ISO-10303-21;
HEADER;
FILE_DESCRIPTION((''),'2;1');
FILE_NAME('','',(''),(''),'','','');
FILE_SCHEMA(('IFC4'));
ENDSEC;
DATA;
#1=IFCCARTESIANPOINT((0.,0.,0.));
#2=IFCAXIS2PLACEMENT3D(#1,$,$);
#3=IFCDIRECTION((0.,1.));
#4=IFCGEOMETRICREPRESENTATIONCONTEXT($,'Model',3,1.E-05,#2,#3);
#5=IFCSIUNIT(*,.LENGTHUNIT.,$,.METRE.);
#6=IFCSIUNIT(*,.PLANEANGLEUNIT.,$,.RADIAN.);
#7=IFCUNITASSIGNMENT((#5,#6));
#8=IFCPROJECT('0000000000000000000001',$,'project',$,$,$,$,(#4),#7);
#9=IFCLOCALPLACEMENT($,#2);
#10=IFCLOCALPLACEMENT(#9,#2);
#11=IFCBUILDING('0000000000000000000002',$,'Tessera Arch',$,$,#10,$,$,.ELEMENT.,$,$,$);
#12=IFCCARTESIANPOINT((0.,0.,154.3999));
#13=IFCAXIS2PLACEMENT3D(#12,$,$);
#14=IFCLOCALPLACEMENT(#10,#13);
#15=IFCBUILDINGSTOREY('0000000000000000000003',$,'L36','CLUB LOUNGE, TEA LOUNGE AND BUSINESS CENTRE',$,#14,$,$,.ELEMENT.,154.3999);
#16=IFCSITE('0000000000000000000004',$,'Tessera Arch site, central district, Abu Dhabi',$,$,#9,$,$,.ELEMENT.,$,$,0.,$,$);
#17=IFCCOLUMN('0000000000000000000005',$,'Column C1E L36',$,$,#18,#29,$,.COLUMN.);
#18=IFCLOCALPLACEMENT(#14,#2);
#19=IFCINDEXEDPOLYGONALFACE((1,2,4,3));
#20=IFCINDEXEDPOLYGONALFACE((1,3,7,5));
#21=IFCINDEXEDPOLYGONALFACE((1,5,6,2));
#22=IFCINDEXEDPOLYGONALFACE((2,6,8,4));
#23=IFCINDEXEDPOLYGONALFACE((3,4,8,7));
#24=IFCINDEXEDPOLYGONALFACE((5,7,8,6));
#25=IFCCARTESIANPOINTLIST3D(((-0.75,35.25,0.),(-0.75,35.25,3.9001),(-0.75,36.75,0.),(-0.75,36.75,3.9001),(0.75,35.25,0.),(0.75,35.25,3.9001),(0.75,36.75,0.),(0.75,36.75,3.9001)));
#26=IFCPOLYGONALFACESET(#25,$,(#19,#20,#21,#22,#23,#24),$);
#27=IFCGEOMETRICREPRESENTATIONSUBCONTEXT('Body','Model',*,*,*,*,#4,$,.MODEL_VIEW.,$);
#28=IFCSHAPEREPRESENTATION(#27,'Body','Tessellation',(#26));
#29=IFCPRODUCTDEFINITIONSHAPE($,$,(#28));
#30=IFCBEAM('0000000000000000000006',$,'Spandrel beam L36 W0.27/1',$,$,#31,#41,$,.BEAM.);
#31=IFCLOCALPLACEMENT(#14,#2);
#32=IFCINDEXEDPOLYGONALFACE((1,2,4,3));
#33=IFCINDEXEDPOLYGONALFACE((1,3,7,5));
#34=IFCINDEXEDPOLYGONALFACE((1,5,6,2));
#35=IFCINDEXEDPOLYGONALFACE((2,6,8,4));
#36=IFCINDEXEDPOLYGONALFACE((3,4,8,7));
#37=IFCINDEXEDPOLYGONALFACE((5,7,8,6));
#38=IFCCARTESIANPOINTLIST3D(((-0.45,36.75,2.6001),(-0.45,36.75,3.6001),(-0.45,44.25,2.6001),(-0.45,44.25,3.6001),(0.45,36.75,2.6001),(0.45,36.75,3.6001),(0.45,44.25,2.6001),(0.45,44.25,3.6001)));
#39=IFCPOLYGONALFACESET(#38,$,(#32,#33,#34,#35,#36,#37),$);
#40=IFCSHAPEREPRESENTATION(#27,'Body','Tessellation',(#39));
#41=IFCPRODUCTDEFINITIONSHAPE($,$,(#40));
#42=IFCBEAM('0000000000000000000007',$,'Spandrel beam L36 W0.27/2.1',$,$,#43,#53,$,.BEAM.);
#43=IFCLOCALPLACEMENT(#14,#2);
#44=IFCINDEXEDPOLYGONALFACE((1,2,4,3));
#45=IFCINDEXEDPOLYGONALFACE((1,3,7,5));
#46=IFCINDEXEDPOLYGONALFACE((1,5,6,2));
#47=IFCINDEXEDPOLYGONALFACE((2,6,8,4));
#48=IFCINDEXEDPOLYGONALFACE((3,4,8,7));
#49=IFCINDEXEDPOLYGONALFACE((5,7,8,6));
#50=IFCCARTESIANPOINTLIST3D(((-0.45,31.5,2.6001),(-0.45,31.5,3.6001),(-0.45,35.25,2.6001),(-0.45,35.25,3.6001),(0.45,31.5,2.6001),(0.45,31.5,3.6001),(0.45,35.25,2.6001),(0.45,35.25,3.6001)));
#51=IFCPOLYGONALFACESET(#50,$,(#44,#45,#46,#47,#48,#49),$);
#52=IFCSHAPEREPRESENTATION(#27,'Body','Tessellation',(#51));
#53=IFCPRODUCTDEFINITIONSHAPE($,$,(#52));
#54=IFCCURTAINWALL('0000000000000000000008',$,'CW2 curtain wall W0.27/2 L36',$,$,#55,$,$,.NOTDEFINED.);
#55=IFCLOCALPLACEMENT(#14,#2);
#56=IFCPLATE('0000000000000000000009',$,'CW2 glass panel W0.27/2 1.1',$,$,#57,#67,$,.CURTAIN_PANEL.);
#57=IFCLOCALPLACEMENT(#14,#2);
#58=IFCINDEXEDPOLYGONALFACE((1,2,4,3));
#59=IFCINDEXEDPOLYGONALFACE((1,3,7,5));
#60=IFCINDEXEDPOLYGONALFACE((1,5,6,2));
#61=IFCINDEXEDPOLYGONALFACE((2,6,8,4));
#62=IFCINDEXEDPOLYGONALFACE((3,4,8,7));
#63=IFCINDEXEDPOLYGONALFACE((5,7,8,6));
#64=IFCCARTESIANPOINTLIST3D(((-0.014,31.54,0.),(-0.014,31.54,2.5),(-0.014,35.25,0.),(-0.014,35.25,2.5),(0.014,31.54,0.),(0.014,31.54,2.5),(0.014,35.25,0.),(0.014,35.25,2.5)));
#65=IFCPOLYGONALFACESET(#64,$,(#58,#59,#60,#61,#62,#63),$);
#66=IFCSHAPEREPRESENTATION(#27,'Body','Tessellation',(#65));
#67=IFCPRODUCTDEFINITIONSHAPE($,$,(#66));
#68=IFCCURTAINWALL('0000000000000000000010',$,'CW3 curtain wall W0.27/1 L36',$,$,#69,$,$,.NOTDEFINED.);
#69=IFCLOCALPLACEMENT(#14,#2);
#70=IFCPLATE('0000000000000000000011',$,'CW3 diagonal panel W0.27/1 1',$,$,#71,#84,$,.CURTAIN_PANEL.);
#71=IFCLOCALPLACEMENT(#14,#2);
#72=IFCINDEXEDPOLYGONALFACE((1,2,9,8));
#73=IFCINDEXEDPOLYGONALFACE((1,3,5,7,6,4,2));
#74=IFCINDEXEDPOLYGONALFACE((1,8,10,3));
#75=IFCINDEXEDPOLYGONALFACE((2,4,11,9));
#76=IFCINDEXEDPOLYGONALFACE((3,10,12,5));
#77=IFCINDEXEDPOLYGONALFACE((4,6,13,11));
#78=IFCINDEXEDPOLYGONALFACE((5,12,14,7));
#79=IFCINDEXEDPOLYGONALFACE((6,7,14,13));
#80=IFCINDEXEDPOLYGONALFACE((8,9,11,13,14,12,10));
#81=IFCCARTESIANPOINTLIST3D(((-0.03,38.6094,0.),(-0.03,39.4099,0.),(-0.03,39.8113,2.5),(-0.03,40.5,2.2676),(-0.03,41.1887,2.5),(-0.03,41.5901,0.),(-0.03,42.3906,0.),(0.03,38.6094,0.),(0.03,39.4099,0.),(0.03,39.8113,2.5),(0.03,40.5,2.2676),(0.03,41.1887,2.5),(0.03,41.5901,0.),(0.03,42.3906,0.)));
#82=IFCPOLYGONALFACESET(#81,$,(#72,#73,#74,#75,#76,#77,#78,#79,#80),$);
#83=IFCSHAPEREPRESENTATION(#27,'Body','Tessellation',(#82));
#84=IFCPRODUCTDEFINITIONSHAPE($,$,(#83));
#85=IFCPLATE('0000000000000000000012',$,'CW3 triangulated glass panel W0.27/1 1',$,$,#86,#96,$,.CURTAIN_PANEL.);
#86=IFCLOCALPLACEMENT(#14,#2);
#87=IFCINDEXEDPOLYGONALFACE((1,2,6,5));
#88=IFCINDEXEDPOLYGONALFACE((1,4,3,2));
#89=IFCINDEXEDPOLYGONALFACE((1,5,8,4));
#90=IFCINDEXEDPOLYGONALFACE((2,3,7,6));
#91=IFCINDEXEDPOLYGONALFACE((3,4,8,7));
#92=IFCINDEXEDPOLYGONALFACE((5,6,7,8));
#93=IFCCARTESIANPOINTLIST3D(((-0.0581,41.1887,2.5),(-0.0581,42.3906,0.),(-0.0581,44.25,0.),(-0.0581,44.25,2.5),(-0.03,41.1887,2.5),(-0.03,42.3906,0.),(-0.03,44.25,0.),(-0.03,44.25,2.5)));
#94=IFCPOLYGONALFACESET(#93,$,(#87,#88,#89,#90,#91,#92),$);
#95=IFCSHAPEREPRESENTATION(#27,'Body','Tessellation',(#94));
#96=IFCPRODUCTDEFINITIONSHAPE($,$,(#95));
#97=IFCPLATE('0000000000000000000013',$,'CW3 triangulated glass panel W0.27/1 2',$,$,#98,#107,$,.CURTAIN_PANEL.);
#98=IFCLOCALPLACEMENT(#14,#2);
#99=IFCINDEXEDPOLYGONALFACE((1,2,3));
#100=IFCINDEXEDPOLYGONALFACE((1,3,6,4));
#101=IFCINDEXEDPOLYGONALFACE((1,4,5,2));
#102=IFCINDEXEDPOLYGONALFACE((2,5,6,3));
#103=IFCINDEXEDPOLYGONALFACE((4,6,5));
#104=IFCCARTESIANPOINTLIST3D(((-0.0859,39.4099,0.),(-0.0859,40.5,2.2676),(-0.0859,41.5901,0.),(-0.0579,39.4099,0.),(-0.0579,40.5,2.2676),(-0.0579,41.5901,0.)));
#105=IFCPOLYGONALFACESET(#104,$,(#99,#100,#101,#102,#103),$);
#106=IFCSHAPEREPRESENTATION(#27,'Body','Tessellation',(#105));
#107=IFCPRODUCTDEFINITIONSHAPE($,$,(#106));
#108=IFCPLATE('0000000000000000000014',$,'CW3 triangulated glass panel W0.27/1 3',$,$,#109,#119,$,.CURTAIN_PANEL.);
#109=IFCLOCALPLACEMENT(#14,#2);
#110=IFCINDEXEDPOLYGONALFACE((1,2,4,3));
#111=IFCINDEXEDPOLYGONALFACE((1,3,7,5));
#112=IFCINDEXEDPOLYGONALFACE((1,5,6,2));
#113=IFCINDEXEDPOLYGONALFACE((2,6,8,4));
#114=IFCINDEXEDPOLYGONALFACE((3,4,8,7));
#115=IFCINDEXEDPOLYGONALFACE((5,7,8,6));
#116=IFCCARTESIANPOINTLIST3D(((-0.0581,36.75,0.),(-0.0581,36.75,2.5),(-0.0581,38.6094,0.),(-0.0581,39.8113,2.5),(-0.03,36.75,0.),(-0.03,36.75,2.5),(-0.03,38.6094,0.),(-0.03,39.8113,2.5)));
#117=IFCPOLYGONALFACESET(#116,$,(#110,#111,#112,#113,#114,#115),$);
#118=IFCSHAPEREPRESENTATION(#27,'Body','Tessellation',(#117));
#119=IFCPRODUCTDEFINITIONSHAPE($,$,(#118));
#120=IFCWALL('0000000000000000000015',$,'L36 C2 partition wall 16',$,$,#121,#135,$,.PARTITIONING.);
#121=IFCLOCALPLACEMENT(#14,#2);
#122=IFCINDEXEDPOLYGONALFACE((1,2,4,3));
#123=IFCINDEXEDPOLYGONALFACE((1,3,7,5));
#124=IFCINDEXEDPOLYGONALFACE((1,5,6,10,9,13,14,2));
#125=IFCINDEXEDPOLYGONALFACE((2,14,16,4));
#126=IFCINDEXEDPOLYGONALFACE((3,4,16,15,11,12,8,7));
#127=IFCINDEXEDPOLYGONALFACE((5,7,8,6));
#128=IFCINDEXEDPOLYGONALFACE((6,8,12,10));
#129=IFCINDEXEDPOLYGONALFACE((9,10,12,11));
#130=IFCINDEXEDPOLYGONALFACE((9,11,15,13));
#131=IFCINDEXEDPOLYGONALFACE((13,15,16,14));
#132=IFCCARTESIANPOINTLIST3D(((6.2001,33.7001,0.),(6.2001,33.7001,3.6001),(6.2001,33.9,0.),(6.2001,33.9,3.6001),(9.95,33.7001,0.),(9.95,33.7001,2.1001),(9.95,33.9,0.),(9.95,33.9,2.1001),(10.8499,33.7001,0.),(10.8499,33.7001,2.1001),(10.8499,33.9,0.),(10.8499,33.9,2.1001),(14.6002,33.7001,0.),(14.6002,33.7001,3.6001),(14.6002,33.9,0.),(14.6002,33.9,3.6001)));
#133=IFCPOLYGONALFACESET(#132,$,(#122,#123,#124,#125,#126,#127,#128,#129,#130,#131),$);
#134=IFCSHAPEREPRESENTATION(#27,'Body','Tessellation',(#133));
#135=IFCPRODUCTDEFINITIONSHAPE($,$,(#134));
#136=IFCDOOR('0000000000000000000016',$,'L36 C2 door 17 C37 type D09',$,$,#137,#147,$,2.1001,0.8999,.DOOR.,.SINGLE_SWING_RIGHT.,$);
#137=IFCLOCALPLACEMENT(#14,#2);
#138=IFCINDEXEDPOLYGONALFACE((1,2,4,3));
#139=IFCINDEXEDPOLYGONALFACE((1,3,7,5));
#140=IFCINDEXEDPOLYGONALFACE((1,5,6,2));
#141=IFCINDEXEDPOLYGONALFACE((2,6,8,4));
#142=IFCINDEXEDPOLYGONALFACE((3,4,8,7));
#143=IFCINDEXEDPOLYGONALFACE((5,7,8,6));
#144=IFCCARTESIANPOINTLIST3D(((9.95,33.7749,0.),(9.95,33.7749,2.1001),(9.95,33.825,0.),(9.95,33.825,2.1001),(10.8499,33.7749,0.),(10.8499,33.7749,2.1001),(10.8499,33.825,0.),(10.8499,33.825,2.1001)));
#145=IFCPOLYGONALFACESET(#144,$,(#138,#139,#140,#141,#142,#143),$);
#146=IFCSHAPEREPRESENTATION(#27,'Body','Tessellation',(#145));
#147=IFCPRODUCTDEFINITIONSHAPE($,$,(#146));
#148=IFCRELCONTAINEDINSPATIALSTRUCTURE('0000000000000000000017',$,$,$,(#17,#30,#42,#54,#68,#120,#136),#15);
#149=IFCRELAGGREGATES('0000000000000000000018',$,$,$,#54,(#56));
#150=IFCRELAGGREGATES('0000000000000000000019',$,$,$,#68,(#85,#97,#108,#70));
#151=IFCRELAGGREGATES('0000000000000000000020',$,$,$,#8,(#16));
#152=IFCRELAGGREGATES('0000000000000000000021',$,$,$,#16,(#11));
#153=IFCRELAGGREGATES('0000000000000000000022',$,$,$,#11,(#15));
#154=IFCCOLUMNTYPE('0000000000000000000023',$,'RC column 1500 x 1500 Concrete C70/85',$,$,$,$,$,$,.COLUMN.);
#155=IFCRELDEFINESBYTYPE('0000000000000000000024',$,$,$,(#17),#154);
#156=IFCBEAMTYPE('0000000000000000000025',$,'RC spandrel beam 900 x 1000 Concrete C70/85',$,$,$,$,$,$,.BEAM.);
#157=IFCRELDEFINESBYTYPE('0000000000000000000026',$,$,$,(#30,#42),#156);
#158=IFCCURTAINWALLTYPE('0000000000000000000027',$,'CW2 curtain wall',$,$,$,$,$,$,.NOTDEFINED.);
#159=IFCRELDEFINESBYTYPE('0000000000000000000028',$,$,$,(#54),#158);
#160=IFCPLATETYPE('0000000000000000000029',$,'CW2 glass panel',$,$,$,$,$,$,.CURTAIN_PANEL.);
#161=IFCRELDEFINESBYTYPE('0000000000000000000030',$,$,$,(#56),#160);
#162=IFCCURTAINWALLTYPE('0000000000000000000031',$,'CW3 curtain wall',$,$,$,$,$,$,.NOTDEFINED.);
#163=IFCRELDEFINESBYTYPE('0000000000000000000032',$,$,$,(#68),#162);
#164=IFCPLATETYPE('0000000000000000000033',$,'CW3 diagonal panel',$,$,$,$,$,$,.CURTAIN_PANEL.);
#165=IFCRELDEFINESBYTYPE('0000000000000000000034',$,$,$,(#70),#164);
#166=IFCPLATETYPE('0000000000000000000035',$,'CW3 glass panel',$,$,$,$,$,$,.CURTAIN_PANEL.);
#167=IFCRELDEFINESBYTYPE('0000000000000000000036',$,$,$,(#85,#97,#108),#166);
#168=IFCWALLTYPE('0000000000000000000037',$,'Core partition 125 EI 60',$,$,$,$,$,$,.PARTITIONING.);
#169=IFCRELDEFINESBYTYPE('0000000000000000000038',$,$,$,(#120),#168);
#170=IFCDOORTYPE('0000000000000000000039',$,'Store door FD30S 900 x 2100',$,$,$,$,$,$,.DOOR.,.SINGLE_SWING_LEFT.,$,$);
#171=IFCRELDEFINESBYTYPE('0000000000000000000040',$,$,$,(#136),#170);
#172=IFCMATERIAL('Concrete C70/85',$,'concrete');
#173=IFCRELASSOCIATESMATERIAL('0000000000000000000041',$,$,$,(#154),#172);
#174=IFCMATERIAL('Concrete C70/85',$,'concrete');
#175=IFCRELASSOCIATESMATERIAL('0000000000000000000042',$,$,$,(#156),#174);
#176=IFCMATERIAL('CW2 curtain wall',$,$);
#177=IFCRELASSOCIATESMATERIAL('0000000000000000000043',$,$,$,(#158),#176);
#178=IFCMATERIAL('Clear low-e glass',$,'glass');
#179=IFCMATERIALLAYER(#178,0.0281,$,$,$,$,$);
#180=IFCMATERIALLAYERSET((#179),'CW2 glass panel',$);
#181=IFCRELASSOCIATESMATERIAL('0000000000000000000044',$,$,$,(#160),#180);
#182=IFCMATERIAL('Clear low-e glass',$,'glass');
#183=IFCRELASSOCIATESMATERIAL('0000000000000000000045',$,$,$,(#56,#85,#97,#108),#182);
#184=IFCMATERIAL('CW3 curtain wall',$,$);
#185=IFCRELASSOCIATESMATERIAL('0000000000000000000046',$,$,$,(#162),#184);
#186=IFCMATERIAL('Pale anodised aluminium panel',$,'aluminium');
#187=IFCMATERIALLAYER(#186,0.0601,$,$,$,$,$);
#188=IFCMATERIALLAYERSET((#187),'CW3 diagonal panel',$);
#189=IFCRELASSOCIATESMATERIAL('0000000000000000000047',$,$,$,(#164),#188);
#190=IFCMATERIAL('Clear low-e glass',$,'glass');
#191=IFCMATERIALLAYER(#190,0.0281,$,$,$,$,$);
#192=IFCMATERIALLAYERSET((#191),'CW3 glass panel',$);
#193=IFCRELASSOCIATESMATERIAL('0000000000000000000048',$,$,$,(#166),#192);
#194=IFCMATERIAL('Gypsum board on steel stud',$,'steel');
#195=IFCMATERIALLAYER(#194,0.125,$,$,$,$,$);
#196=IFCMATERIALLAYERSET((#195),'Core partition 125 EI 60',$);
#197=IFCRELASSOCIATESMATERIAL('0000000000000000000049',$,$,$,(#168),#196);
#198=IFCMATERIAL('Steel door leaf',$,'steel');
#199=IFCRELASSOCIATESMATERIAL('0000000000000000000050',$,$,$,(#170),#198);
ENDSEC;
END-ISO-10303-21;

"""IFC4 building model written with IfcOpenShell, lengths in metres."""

from ifc_helpers import new_model, si_unit, direction, frame, frame_2d, origin, origin_2d, place, context, subcontext, project, spatial, polyline, rectangle, outline, extrude, material, layer, layer_set, material_profile, profile_set, type_object, element, fill, aggregate, save


model = new_model("IFC4")

# Units and contexts
model_context = context("Model", 3, precision=1e-05, world=origin(), true_north=direction((0.0, 1.0)))
body_context = subcontext(model_context, "Body", "Model", "MODEL_VIEW")
ifc_project = project(units=[si_unit("LENGTHUNIT", "METRE"), si_unit("PLANEANGLEUNIT", "RADIAN")], contexts=[model_context])

# Site, building, storey
site_placement = place(None, origin())
site = spatial("IfcSite", under=ifc_project, at=site_placement, Name="Tessera Arch site, central district, Abu Dhabi", CompositionType="ELEMENT", RefElevation=0.0)
building_placement = place(site_placement, origin())
building = spatial("IfcBuilding", under=site, at=building_placement, Name="Tessera Arch", CompositionType="ELEMENT")
storey_placement = place(building_placement, frame((0.0, 0.0, 154.3999)))
storey = spatial("IfcBuildingStorey", under=building, at=storey_placement, Name="L36", Description="CLUB LOUNGE, TEA LOUNGE AND BUSINESS CENTRE", CompositionType="ELEMENT", Elevation=154.3999)

# Column
ifc_material_1 = material(Name="Concrete C70/85", Category="concrete")
ifc_material_profile_1 = material_profile(ifc_material_1, rectangle(XDim=1.5, YDim=1.5, at=origin_2d()), Name="RC column 1500 x 1500 Concrete C70/85")
ifc_profile_set_1 = profile_set([ifc_material_profile_1], Name="Concrete C70/85")
column_type = type_object("IfcColumnType", Name="RC column 1500 x 1500 Concrete C70/85", PredefinedType="COLUMN", material=ifc_profile_set_1)
column_placement = place(storey_placement, frame((0.0, 36.0, 0.0), z_axis=(0.0, 0.0, 1.0), x_axis=(1.0, 0.0, 0.0)))
element("IfcColumn", 1, at=column_placement, inside=storey, type_object=column_type, Name="Column C1E L36", PredefinedType="COLUMN", context=body_context, shape_type="SweptSolid", body=[
    extrude(rectangle(XDim=1.5, YDim=1.5, at=origin_2d()), origin(), (0.0, 0.0, 1.0), 3.9001),
])

# Beams
ifc_material_2 = material(Name="Concrete C70/85", Category="concrete")
ifc_material_profile_2 = material_profile(ifc_material_2, rectangle(XDim=0.8999, YDim=1.0, at=origin_2d()), Name="RC spandrel beam 900 x 1000 Concrete C70/85")
ifc_profile_set_2 = profile_set([ifc_material_profile_2], Name="Concrete C70/85")
beam_type = type_object("IfcBeamType", Name="RC spandrel beam 900 x 1000 Concrete C70/85", PredefinedType="BEAM", material=ifc_profile_set_2)
beam_1_placement = place(storey_placement, frame((0.0, 44.25, 3.1001), z_axis=(0.0, -1.0, 0.0), x_axis=(1.0, 0.0, 0.0)))
element("IfcBeam", 2, at=beam_1_placement, inside=storey, type_object=beam_type, Name="Spandrel beam L36 W0.27/1", PredefinedType="BEAM", context=body_context, shape_type="SweptSolid", body=[
    extrude(rectangle(XDim=0.8999, YDim=1.0, at=origin_2d()), origin(), (0.0, 0.0, 1.0), 7.5),
])
beam_2_placement = place(storey_placement, frame((0.0, 35.25, 3.1001), z_axis=(0.0, -1.0, 0.0), x_axis=(1.0, 0.0, 0.0)))
element("IfcBeam", 3, at=beam_2_placement, inside=storey, type_object=beam_type, Name="Spandrel beam L36 W0.27/2.1", PredefinedType="BEAM", context=body_context, shape_type="SweptSolid", body=[
    extrude(rectangle(XDim=0.8999, YDim=1.0, at=origin_2d()), origin(), (0.0, 0.0, 1.0), 3.75),
])

# Curtain wall, plate
ifc_material_3 = material(Name="CW2 curtain wall")
curtain_wall_type_1 = type_object("IfcCurtainWallType", Name="CW2 curtain wall", PredefinedType="NOTDEFINED", material=ifc_material_3)
curtain_wall_1_placement = place(storey_placement, origin())
curtain_wall_1 = element("IfcCurtainWall", 4, at=curtain_wall_1_placement, inside=storey, type_object=curtain_wall_type_1, Name="CW2 curtain wall W0.27/2 L36", PredefinedType="NOTDEFINED")
ifc_material_4 = material(Name="Clear low-e glass", Category="glass")
ifc_material_5 = material(Name="Clear low-e glass", Category="glass")
ifc_layer_1 = layer(ifc_material_5, 0.0281)
ifc_layer_set_1 = layer_set([ifc_layer_1], Name="CW2 glass panel")
plate_type_1 = type_object("IfcPlateType", Name="CW2 glass panel", PredefinedType="CURTAIN_PANEL", material=ifc_layer_set_1)
plate_1_placement = place(storey_placement, frame((0.0, 33.395, 0.0), z_axis=(0.0, 0.0, 1.0), x_axis=(0.0, -1.0, 0.0)))
plate_1 = element("IfcPlate", 5, at=plate_1_placement, type_object=plate_type_1, material=ifc_material_4, Name="CW2 glass panel W0.27/2 1.1", PredefinedType="CURTAIN_PANEL", context=body_context, shape_type="SweptSolid", body=[
    extrude(rectangle(XDim=3.71, YDim=0.0281, at=origin_2d()), origin(), (0.0, 0.0, 1.0), 2.5),
])
aggregate(curtain_wall_1, [plate_1])

# Curtain wall, plates
ifc_material_6 = material(Name="CW3 curtain wall")
curtain_wall_type_2 = type_object("IfcCurtainWallType", Name="CW3 curtain wall", PredefinedType="NOTDEFINED", material=ifc_material_6)
curtain_wall_2_placement = place(storey_placement, origin())
curtain_wall_2 = element("IfcCurtainWall", 6, at=curtain_wall_2_placement, inside=storey, type_object=curtain_wall_type_2, Name="CW3 curtain wall W0.27/1 L36", PredefinedType="NOTDEFINED")
ifc_material_7 = material(Name="Pale anodised aluminium panel", Category="aluminium")
ifc_layer_2 = layer(ifc_material_7, 0.0601)
ifc_layer_set_2 = layer_set([ifc_layer_2], Name="CW3 diagonal panel")
plate_type_2 = type_object("IfcPlateType", Name="CW3 diagonal panel", PredefinedType="CURTAIN_PANEL", material=ifc_layer_set_2)
plate_2_placement = place(storey_placement, frame((-0.03, 39.8113, 2.5), z_axis=(-1.0, 0.0, 0.0), x_axis=(0.0, 1.0, 0.0)))
plate_2 = element("IfcPlate", 7, at=plate_2_placement, type_object=plate_type_2, Name="CW3 diagonal panel W0.27/1 1", PredefinedType="CURTAIN_PANEL", context=body_context, shape_type="SweptSolid", body=[
    extrude(outline(polyline([(0.0, 0.0), (1.3774, 0.0), (2.5793, 2.5), (1.7788, 2.5), (0.6887, 0.2324), (-0.4014, 2.5), (-1.2019, 2.5), (0.0, 0.0)])), origin(), (0.0, 0.0, -1.0), 0.0601),
])
ifc_material_8 = material(Name="Clear low-e glass", Category="glass")
ifc_layer_3 = layer(ifc_material_8, 0.0281)
ifc_layer_set_3 = layer_set([ifc_layer_3], Name="CW3 glass panel")
plate_type_3 = type_object("IfcPlateType", Name="CW3 glass panel", PredefinedType="CURTAIN_PANEL", material=ifc_layer_set_3)
plate_3_placement = place(storey_placement, frame((-0.0581, 44.25, 0.0), z_axis=(-1.0, 0.0, 0.0), x_axis=(0.0, -1.0, 0.0)))
plate_3 = element("IfcPlate", 8, at=plate_3_placement, type_object=plate_type_3, material=ifc_material_4, Name="CW3 triangulated glass panel W0.27/1 1", PredefinedType="CURTAIN_PANEL", context=body_context, shape_type="SweptSolid", body=[
    extrude(outline(polyline([(0.0, 0.0), (1.8594, 0.0), (3.0613, 2.5), (0.0, 2.5), (0.0, 0.0)])), origin(), (0.0, 0.0, -1.0), 0.0281),
])
plate_4_placement = place(storey_placement, frame((-0.0859, 41.5901, 0.0), z_axis=(-1.0, 0.0, 0.0), x_axis=(0.0, -1.0, 0.0)))
plate_4 = element("IfcPlate", 9, at=plate_4_placement, type_object=plate_type_3, material=ifc_material_4, Name="CW3 triangulated glass panel W0.27/1 2", PredefinedType="CURTAIN_PANEL", context=body_context, shape_type="SweptSolid", body=[
    extrude(outline(polyline([(0.0, 0.0), (2.1802, 0.0), (1.0901, 2.2676), (0.0, 0.0)])), origin(), (0.0, 0.0, -1.0), 0.0281),
])
plate_5_placement = place(storey_placement, frame((-0.0581, 36.75, 2.5), z_axis=(-1.0, 0.0, 0.0), x_axis=(0.0, 1.0, 0.0)))
plate_5 = element("IfcPlate", 10, at=plate_5_placement, type_object=plate_type_3, material=ifc_material_4, Name="CW3 triangulated glass panel W0.27/1 3", PredefinedType="CURTAIN_PANEL", context=body_context, shape_type="SweptSolid", body=[
    extrude(outline(polyline([(0.0, 0.0), (3.0613, 0.0), (1.8594, 2.5), (0.0, 2.5), (0.0, 0.0)])), origin(), (0.0, 0.0, -1.0), 0.0281),
])

# Wall, opening, door
ifc_material_9 = material(Name="Gypsum board on steel stud", Category="steel")
ifc_layer_4 = layer(ifc_material_9, 0.125)
ifc_layer_set_4 = layer_set([ifc_layer_4], Name="Core partition 125 EI 60")
wall_type_1 = type_object("IfcWallType", Name="Core partition 125 EI 60", PredefinedType="PARTITIONING", material=ifc_layer_set_4)
wall_1_placement = place(storey_placement, frame((6.2, 33.8, 0.0), z_axis=(0.0, 0.0, 1.0), x_axis=(1.0, 0.0, 0.0)))
wall_1 = element("IfcWall", 11, at=wall_1_placement, inside=storey, type_object=wall_type_1, Name="L36 C2 partition wall 16", PredefinedType="PARTITIONING", context=body_context, shape_type="SweptSolid", body=[
    extrude(rectangle(XDim=8.4001, YDim=0.2, at=frame_2d((4.2002, 0.0))), origin(), (0.0, 0.0, 1.0), 3.6001),
])
opening_1_placement = place(wall_1_placement, frame((3.75, 0.0, 0.0)))
opening_1 = element("IfcOpeningElement", 12, at=opening_1_placement, cuts=wall_1, PredefinedType="OPENING", context=body_context, shape_type="SweptSolid", body=[
    extrude(rectangle(XDim=0.8999, YDim=2.1001, at=frame_2d((0.45, 1.05))), frame((0.0, 0.1099, 0.0), z_axis=(0.0, -1.0, 0.0), x_axis=(1.0, 0.0, 0.0)), (0.0, 0.0, 1.0), 0.22),
])
ifc_material_10 = material(Name="Steel door leaf", Category="steel")
door_type_1 = type_object("IfcDoorType", Name="Store door FD30S 900 x 2100", OperationType="SINGLE_SWING_LEFT", PredefinedType="DOOR", material=ifc_material_10)
door_1_placement = place(opening_1_placement, origin())
door_1 = element("IfcDoor", 13, at=door_1_placement, inside=storey, type_object=door_type_1, Name="L36 C2 door 17 C37 type D09", OperationType="SINGLE_SWING_RIGHT", OverallHeight=2.1001, OverallWidth=0.8999, PredefinedType="DOOR", context=body_context, shape_type="SweptSolid", body=[
    extrude(rectangle(XDim=0.8999, YDim=2.1001, at=frame_2d((0.45, 1.05))), frame((0.0, 0.0249, 0.0), z_axis=(0.0, -1.0, 0.0), x_axis=(1.0, 0.0, 0.0)), (0.0, 0.0, 1.0), 0.05),
])
fill(opening_1, door_1)

aggregate(curtain_wall_2, [plate_3, plate_4, plate_5, plate_2])

save(model, "model.ifc")
